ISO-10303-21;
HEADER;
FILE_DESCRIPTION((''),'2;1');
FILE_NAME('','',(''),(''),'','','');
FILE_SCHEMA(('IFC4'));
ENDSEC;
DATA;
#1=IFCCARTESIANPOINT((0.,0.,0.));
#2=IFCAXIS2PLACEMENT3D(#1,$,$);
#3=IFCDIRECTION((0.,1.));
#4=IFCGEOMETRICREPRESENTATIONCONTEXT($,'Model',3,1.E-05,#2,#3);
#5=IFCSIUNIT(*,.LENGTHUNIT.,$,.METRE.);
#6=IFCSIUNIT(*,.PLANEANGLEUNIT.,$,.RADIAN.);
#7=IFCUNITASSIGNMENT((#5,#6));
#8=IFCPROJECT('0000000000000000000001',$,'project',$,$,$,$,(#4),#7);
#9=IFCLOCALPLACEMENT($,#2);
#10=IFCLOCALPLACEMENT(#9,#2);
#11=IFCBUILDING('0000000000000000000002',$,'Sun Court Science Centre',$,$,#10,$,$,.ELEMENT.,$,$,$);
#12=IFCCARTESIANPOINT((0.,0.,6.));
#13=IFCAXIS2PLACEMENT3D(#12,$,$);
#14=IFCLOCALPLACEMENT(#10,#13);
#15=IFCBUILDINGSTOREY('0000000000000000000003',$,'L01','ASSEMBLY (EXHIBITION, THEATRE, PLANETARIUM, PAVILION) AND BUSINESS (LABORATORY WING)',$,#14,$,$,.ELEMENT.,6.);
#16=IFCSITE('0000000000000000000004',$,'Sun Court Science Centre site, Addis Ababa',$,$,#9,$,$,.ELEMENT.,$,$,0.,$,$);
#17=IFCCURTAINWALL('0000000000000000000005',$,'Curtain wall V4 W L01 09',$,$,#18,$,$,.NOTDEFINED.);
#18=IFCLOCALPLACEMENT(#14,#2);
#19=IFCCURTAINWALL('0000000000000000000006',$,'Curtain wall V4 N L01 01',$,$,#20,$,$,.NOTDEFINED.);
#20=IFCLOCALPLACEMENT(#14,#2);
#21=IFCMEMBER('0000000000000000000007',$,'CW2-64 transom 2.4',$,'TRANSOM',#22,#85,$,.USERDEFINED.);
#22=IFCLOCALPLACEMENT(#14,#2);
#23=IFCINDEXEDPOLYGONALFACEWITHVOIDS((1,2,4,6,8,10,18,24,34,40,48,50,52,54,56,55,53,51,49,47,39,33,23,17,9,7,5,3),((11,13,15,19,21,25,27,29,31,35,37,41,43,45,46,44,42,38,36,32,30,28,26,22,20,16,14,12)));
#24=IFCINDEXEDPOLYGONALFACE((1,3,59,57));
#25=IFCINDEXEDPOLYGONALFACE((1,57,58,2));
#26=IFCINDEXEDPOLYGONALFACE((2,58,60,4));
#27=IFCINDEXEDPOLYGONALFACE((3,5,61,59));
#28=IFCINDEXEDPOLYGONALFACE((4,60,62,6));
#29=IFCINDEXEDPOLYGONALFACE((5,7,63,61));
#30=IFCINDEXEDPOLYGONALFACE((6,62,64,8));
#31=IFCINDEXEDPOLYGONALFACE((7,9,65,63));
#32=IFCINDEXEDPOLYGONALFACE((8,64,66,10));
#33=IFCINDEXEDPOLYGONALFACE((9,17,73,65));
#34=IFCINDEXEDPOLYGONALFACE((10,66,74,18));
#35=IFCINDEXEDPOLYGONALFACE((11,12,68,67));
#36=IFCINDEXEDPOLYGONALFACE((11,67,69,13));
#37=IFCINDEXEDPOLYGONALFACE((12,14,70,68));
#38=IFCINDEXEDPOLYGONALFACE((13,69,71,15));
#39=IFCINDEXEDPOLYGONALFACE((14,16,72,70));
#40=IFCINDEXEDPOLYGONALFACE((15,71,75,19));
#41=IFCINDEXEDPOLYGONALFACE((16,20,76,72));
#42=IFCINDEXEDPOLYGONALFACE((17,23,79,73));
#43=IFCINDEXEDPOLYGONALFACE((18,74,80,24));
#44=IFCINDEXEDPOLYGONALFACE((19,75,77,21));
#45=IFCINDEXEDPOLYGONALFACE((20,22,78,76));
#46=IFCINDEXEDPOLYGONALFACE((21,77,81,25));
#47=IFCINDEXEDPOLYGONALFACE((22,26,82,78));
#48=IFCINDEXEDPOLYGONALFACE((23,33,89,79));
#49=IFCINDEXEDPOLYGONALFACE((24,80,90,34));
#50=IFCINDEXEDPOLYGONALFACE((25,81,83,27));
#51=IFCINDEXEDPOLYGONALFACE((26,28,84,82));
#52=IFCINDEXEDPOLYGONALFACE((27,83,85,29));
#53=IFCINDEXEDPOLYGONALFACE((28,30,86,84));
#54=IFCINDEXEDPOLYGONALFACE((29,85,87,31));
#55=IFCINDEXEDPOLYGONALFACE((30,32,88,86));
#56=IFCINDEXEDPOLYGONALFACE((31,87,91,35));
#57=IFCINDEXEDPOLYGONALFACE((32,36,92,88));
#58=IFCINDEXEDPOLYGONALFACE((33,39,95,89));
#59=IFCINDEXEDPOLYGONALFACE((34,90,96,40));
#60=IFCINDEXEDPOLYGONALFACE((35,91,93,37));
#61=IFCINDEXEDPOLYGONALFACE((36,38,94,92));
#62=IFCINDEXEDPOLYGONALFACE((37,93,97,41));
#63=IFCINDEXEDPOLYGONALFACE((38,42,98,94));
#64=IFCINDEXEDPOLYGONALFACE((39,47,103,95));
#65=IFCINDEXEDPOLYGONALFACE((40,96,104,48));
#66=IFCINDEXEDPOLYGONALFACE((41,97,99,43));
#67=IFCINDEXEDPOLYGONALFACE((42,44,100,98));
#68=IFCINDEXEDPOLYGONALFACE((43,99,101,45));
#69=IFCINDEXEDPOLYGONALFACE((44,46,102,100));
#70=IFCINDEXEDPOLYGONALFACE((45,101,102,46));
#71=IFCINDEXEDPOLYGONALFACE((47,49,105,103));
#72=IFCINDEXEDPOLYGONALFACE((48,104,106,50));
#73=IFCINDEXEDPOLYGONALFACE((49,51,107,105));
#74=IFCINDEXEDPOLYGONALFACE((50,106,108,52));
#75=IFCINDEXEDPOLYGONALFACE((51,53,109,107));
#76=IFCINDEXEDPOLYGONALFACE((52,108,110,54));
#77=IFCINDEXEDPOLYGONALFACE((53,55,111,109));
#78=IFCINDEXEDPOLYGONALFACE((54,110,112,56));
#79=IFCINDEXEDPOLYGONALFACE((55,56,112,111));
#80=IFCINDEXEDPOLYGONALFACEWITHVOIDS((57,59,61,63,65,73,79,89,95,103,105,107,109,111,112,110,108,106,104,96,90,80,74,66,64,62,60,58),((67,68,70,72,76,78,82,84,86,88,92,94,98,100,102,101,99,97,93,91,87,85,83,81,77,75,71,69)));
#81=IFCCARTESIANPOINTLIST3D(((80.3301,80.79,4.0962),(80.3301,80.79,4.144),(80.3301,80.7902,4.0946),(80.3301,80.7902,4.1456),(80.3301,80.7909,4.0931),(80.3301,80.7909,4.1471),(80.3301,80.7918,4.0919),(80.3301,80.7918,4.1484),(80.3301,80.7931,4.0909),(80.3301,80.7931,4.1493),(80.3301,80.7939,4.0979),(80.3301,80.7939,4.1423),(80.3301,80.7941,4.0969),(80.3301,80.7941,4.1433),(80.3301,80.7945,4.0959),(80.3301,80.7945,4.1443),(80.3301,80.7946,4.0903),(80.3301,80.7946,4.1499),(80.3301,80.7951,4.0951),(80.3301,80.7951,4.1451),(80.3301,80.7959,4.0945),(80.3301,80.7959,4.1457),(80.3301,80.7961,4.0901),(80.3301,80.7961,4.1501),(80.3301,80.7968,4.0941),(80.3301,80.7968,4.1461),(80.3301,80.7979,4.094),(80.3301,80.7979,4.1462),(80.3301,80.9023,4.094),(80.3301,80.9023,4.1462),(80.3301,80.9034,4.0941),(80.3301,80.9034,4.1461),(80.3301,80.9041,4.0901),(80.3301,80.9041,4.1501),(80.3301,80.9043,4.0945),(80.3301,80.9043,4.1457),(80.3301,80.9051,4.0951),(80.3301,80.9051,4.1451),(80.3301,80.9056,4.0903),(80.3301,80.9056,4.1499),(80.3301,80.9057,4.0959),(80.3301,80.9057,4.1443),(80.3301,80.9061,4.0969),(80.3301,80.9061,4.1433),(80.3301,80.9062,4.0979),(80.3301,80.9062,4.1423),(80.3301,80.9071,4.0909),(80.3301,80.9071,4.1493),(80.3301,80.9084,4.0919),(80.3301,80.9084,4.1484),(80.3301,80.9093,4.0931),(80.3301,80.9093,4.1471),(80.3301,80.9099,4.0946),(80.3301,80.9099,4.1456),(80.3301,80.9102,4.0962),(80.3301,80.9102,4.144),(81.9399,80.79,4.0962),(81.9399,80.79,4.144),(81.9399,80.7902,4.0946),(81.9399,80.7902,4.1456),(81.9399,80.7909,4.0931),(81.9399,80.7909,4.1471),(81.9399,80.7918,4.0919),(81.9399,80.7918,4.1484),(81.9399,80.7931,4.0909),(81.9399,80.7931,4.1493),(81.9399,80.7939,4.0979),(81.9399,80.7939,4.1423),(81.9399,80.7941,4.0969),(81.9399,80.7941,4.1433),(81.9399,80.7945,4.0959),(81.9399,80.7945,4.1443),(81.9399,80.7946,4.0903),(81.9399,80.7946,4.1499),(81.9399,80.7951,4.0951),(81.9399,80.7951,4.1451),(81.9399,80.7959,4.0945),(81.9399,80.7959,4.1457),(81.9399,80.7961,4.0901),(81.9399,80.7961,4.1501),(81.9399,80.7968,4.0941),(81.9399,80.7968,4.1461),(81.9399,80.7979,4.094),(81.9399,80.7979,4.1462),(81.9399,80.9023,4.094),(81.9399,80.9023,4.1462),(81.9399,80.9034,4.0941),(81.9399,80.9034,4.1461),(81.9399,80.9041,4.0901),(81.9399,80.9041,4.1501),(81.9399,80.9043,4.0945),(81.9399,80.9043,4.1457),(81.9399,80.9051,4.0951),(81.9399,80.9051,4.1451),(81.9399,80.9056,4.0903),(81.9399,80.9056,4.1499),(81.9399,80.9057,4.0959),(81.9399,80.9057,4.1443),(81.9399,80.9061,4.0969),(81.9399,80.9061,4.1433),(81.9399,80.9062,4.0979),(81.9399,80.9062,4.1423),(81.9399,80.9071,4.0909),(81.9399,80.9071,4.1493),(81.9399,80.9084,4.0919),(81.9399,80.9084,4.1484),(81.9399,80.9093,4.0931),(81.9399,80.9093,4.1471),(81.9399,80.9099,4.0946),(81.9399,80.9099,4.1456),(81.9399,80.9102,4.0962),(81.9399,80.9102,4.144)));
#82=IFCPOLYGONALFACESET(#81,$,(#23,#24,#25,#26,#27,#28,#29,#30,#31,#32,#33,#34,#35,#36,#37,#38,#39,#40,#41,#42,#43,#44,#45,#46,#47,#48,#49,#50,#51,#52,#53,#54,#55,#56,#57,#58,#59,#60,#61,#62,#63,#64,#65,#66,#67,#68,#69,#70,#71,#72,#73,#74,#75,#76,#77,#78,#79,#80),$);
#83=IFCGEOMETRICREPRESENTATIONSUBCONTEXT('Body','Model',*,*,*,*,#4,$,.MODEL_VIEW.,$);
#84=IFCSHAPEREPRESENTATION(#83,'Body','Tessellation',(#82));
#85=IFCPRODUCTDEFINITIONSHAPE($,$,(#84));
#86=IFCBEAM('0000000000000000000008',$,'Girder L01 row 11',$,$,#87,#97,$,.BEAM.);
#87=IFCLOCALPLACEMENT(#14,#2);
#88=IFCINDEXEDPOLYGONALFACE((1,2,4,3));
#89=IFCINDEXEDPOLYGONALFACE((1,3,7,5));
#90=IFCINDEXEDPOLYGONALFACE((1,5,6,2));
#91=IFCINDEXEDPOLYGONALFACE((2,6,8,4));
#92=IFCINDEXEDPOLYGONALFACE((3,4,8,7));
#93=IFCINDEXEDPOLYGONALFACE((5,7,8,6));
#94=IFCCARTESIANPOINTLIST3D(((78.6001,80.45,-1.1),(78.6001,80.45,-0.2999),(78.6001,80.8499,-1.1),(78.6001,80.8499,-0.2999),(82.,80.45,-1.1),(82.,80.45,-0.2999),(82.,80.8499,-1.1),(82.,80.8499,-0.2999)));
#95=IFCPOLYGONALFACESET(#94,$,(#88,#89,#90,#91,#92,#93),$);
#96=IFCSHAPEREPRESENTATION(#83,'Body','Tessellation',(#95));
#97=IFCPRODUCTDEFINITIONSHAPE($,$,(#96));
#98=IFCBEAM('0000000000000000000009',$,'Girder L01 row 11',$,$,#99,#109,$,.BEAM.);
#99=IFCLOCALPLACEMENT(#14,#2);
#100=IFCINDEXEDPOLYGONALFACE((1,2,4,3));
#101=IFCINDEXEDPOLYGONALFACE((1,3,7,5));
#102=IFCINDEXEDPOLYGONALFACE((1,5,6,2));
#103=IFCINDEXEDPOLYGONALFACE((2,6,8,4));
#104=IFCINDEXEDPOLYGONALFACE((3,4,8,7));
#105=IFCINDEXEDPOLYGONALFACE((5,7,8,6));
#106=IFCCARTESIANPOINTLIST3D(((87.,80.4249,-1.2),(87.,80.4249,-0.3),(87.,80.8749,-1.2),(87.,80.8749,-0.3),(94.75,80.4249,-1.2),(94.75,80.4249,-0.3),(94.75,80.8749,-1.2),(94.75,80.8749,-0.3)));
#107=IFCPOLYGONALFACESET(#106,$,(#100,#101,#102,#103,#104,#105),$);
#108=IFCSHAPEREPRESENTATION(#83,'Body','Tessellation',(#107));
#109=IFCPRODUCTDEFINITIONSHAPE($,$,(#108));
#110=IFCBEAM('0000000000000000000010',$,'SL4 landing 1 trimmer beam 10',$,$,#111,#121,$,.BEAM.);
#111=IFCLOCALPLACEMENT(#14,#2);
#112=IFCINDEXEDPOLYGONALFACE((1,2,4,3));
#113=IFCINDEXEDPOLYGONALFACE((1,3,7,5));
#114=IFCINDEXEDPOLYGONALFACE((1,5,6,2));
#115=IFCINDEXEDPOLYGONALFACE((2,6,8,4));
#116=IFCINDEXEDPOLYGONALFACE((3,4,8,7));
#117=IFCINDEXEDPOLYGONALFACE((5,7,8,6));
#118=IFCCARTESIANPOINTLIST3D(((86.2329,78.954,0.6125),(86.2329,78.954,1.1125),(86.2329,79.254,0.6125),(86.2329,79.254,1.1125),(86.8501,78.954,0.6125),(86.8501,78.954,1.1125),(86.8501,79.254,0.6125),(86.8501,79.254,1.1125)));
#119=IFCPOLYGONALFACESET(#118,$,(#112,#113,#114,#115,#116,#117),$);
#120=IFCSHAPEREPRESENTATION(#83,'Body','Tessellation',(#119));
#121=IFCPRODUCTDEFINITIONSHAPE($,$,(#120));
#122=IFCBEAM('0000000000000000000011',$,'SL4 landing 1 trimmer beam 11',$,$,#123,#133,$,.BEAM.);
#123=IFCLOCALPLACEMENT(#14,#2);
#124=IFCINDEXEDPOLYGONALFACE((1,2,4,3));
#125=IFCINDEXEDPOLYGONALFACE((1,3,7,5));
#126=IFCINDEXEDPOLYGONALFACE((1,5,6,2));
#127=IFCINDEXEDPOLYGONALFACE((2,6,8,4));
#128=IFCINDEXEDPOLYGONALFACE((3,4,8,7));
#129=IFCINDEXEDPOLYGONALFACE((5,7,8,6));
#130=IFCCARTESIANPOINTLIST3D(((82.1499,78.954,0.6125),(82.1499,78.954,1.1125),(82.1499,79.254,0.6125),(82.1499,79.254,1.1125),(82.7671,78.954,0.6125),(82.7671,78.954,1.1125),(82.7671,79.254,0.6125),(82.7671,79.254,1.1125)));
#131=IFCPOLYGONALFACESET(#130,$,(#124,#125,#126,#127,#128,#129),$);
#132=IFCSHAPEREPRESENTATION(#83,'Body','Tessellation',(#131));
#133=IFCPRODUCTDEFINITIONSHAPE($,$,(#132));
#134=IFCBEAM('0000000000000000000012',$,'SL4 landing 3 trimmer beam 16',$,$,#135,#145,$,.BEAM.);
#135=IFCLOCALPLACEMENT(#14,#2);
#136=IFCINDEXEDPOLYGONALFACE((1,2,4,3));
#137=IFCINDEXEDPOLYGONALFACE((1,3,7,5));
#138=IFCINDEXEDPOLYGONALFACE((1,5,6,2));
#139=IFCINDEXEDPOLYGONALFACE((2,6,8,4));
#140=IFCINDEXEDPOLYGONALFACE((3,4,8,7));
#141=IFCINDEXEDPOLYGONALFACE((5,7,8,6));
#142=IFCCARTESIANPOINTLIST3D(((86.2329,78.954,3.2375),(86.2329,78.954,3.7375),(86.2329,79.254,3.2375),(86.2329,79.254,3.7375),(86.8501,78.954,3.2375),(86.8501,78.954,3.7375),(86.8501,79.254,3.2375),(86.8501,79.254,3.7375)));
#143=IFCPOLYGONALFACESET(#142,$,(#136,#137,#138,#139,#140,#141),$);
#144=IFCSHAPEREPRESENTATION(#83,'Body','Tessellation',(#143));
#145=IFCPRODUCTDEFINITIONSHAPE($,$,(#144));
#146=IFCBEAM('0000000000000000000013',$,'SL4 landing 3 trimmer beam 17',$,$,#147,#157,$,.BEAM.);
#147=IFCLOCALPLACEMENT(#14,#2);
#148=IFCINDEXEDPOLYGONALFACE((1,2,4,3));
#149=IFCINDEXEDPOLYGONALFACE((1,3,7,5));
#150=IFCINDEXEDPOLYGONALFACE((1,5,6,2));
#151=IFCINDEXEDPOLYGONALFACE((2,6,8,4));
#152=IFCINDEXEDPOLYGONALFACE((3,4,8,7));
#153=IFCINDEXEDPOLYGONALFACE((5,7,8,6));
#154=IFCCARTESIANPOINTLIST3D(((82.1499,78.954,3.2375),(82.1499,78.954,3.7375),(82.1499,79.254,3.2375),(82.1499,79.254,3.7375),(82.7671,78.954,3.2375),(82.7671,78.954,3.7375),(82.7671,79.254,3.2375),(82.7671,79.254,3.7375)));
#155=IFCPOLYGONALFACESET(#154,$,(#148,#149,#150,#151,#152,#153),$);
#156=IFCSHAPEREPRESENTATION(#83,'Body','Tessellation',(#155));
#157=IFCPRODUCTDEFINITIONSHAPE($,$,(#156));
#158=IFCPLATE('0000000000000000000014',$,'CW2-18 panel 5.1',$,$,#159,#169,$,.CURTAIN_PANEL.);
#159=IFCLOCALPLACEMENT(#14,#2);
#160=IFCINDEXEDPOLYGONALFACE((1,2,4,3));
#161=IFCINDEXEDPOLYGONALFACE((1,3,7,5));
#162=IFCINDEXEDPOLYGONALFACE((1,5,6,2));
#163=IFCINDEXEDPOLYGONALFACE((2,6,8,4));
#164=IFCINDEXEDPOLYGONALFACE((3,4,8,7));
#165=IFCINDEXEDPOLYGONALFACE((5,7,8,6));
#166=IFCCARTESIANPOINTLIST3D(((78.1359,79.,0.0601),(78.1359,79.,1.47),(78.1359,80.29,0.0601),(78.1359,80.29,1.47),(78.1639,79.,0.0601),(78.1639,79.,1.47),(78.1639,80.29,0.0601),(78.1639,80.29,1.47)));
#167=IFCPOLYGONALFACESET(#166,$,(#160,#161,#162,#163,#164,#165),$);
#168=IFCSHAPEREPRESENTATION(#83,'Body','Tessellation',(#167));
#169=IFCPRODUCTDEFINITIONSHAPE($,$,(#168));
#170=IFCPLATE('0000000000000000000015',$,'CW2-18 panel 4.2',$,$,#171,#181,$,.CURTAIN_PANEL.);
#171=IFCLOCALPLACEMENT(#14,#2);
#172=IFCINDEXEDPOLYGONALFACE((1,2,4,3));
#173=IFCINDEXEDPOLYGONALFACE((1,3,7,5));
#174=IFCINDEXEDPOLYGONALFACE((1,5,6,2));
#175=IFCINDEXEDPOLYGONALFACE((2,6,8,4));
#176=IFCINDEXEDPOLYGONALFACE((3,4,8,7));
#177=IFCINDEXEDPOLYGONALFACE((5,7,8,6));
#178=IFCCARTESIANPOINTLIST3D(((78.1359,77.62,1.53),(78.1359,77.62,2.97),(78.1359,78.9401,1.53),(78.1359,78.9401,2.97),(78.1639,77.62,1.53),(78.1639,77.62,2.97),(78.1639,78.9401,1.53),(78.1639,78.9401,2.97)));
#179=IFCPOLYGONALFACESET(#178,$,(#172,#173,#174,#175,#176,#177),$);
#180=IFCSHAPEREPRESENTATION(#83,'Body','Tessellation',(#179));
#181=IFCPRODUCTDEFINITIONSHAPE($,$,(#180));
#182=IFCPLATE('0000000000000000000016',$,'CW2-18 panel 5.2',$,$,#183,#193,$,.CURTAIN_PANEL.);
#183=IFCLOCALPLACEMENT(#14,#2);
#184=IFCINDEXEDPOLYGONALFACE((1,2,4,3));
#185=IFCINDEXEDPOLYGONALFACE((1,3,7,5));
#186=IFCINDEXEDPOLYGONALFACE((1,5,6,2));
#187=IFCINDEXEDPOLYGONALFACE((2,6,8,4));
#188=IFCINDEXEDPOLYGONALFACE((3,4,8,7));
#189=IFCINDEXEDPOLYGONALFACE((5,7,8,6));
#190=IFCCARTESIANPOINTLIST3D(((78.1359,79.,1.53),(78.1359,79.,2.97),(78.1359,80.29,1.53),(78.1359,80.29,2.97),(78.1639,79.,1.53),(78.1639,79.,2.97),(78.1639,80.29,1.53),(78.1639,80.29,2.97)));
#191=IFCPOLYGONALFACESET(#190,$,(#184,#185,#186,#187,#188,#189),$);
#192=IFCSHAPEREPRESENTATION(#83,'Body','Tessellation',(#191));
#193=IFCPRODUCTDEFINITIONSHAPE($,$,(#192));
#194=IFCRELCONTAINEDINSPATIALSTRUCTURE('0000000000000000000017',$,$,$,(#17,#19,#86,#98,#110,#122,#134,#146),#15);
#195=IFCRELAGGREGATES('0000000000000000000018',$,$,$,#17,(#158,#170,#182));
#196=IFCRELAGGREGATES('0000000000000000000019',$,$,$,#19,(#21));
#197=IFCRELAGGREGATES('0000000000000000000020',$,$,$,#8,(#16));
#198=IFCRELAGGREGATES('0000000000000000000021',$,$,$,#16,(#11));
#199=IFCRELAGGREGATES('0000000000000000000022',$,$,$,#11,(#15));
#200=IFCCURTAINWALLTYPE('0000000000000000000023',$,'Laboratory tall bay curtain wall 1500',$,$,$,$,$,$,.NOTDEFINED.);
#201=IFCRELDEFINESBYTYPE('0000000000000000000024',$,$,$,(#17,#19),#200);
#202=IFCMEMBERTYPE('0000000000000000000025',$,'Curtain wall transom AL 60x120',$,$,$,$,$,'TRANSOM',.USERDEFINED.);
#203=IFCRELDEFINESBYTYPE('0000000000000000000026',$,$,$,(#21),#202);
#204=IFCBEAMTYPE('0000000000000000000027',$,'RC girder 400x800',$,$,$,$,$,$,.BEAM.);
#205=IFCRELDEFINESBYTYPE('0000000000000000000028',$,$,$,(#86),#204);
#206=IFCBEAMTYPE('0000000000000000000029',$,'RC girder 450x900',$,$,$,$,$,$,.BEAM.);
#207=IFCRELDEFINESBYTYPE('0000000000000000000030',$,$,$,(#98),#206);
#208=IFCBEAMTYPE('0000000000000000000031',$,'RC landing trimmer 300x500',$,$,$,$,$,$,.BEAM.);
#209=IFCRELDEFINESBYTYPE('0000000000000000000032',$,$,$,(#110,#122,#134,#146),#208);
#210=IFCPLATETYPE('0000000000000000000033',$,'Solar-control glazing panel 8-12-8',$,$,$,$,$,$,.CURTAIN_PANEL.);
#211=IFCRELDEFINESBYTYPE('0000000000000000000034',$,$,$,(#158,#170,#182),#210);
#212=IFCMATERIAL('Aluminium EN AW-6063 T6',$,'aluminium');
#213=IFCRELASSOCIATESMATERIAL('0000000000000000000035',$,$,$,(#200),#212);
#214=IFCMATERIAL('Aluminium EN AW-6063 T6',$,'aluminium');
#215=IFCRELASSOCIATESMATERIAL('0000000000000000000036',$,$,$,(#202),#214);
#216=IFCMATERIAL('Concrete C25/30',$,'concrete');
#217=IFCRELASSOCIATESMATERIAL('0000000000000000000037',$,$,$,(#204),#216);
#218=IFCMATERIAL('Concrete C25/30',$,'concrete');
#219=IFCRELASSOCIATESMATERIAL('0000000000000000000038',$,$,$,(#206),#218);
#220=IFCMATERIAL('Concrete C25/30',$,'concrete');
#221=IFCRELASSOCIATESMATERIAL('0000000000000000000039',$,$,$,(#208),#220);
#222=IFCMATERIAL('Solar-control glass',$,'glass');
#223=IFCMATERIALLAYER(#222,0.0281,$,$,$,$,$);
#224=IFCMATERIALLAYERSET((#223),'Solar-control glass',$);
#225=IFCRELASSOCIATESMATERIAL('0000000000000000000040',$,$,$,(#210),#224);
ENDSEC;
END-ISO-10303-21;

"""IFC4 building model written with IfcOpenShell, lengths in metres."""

from ifc_helpers import new_model, si_unit, direction, frame, origin, origin_2d, place, context, subcontext, project, spatial, rectangle, hollow_rectangle, extrude, material, layer, layer_set, material_profile, profile_set, type_object, element, aggregate, save


model = new_model("IFC4")

# Units and contexts
model_context = context("Model", 3, precision=1e-05, world=origin(), true_north=direction((0.0, 1.0)))
body_context = subcontext(model_context, "Body", "Model", "MODEL_VIEW")
ifc_project = project(units=[si_unit("LENGTHUNIT", "METRE"), si_unit("PLANEANGLEUNIT", "RADIAN")], contexts=[model_context])

# Site, building, storey
site_placement = place(None, origin())
site = spatial("IfcSite", under=ifc_project, at=site_placement, Name="Sun Court Science Centre site, Addis Ababa", CompositionType="ELEMENT", RefElevation=0.0)
building_placement = place(site_placement, origin())
building = spatial("IfcBuilding", under=site, at=building_placement, Name="Sun Court Science Centre", CompositionType="ELEMENT")
storey_placement = place(building_placement, frame((0.0, 0.0, 6.0)))
storey = spatial("IfcBuildingStorey", under=building, at=storey_placement, Name="L01", Description="ASSEMBLY (EXHIBITION, THEATRE, PLANETARIUM, PAVILION) AND BUSINESS (LABORATORY WING)", CompositionType="ELEMENT", Elevation=6.0)

# Curtain walls
ifc_material_1 = material(Name="Aluminium EN AW-6063 T6", Category="aluminium")
curtain_wall_type = type_object("IfcCurtainWallType", Name="Laboratory tall bay curtain wall 1500", PredefinedType="NOTDEFINED", material=ifc_material_1)
curtain_wall_1_placement = place(storey_placement, origin())
curtain_wall_1 = element("IfcCurtainWall", 1, at=curtain_wall_1_placement, inside=storey, type_object=curtain_wall_type, Name="Curtain wall V4 W L01 09", PredefinedType="NOTDEFINED")
curtain_wall_2_placement = place(storey_placement, origin())
curtain_wall_2 = element("IfcCurtainWall", 2, at=curtain_wall_2_placement, inside=storey, type_object=curtain_wall_type, Name="Curtain wall V4 N L01 01", PredefinedType="NOTDEFINED")

# Member
ifc_material_2 = material(Name="Aluminium EN AW-6063 T6", Category="aluminium")
ifc_material_profile_1 = material_profile(ifc_material_2, hollow_rectangle(XDim=0.0601, YDim=0.1201, WallThickness=0.0039, InnerFilletRadius=0.0039, OuterFilletRadius=0.0061, at=origin_2d()), Name="AL 60x120x4")
ifc_profile_set_1 = profile_set([ifc_material_profile_1], Name="Aluminium EN AW-6063 T6")
member_type_1 = type_object("IfcMemberType", Name="Curtain wall transom AL 60x120", ElementType="TRANSOM", PredefinedType="USERDEFINED", material=ifc_profile_set_1)
member_1_placement = place(storey_placement, frame((80.3301, 80.8501, 4.1201), z_axis=(1.0, 0.0, 0.0), x_axis=(0.0, 0.0, 1.0)))
member_1 = element("IfcMember", 3, at=member_1_placement, type_object=member_type_1, Name="CW2-64 transom 2.4", ObjectType="TRANSOM", PredefinedType="USERDEFINED", context=body_context, shape_type="SweptSolid", body=[
    extrude(hollow_rectangle(XDim=0.0601, YDim=0.1201, WallThickness=0.0039, InnerFilletRadius=0.0039, OuterFilletRadius=0.0061, at=origin_2d()), origin(), (0.0, 0.0, 1.0), 1.6099),
])

# Beams
ifc_material_3 = material(Name="Concrete C25/30", Category="concrete")
ifc_material_profile_2 = material_profile(ifc_material_3, rectangle(XDim=0.3999, YDim=0.8, at=origin_2d()), Name="RC 400x800")
ifc_profile_set_2 = profile_set([ifc_material_profile_2], Name="Concrete C25/30")
beam_type_1 = type_object("IfcBeamType", Name="RC girder 400x800", PredefinedType="BEAM", material=ifc_profile_set_2)
beam_1_placement = place(storey_placement, frame((78.6001, 80.6499, -0.7), z_axis=(1.0, 0.0, 0.0), x_axis=(0.0, 1.0, 0.0)))
element("IfcBeam", 4, at=beam_1_placement, inside=storey, type_object=beam_type_1, Name="Girder L01 row 11", PredefinedType="BEAM", context=body_context, shape_type="SweptSolid", body=[
    extrude(rectangle(XDim=0.3999, YDim=0.8, at=origin_2d()), origin(), (0.0, 0.0, 1.0), 3.3999),
])
ifc_material_4 = material(Name="Concrete C25/30", Category="concrete")
ifc_material_profile_3 = material_profile(ifc_material_4, rectangle(XDim=0.45, YDim=0.8999, at=origin_2d()), Name="RC 450x900")
ifc_profile_set_3 = profile_set([ifc_material_profile_3], Name="Concrete C25/30")
beam_type_2 = type_object("IfcBeamType", Name="RC girder 450x900", PredefinedType="BEAM", material=ifc_profile_set_3)
beam_2_placement = place(storey_placement, frame((87.0, 80.6499, -0.75), z_axis=(1.0, 0.0, 0.0), x_axis=(0.0, 1.0, 0.0)))
element("IfcBeam", 5, at=beam_2_placement, inside=storey, type_object=beam_type_2, Name="Girder L01 row 11", PredefinedType="BEAM", context=body_context, shape_type="SweptSolid", body=[
    extrude(rectangle(XDim=0.45, YDim=0.8999, at=origin_2d()), origin(), (0.0, 0.0, 1.0), 7.75),
])
ifc_material_5 = material(Name="Concrete C25/30", Category="concrete")
ifc_material_profile_4 = material_profile(ifc_material_5, rectangle(XDim=0.3, YDim=0.5, at=origin_2d()), Name="RC 300x500")
ifc_profile_set_4 = profile_set([ifc_material_profile_4], Name="Concrete C25/30")
beam_type_3 = type_object("IfcBeamType", Name="RC landing trimmer 300x500", PredefinedType="BEAM", material=ifc_profile_set_4)
for number, where, z_axis, x_axis, name in (
    (6, (86.8501, 79.104, 0.8625), (-1.0, 0.0, 0.0), (0.0, -1.0, 0.0), "SL4 landing 1 trimmer beam 10"),
    (7, (82.1499, 79.104, 0.8625), (1.0, 0.0, 0.0), (0.0, 1.0, 0.0), "SL4 landing 1 trimmer beam 11"),
    (8, (86.8501, 79.104, 3.4875), (-1.0, 0.0, 0.0), (0.0, -1.0, 0.0), "SL4 landing 3 trimmer beam 16"),
    (9, (82.1499, 79.104, 3.4875), (1.0, 0.0, 0.0), (0.0, 1.0, 0.0), "SL4 landing 3 trimmer beam 17"),
):
    element("IfcBeam", number, at=place(storey_placement, frame(where, z_axis=z_axis, x_axis=x_axis)), inside=storey, type_object=beam_type_3, Name=name, PredefinedType="BEAM", context=body_context, shape_type="SweptSolid", body=[
        extrude(rectangle(XDim=0.3, YDim=0.5, at=origin_2d()), origin(), (0.0, 0.0, 1.0), 0.6172),
    ])

# Plates
ifc_material_6 = material(Name="Solar-control glass", Category="glass")
ifc_layer_1 = layer(ifc_material_6, 0.0281)
ifc_layer_set_1 = layer_set([ifc_layer_1], Name="Solar-control glass")
plate_type = type_object("IfcPlateType", Name="Solar-control glazing panel 8-12-8", PredefinedType="CURTAIN_PANEL", material=ifc_layer_set_1)
plate_1_placement = place(storey_placement, frame((78.1499, 79.645, 0.0601), z_axis=(0.0, 0.0, 1.0), x_axis=(0.0, 1.0, 0.0)))
plate_1 = element("IfcPlate", 10, at=plate_1_placement, type_object=plate_type, Name="CW2-18 panel 5.1", PredefinedType="CURTAIN_PANEL", context=body_context, shape_type="SweptSolid", body=[
    extrude(rectangle(XDim=1.29, YDim=0.0281, at=origin_2d()), origin(), (0.0, 0.0, 1.0), 1.4099),
])
plate_2_placement = place(storey_placement, frame((78.1499, 78.28, 1.53), z_axis=(0.0, 0.0, 1.0), x_axis=(0.0, 1.0, 0.0)))
plate_2 = element("IfcPlate", 11, at=plate_2_placement, type_object=plate_type, Name="CW2-18 panel 4.2", PredefinedType="CURTAIN_PANEL", context=body_context, shape_type="SweptSolid", body=[
    extrude(rectangle(XDim=1.3201, YDim=0.0281, at=origin_2d()), origin(), (0.0, 0.0, 1.0), 1.4399),
])
plate_3_placement = place(storey_placement, frame((78.1499, 79.645, 1.53), z_axis=(0.0, 0.0, 1.0), x_axis=(0.0, 1.0, 0.0)))
plate_3 = element("IfcPlate", 12, at=plate_3_placement, type_object=plate_type, Name="CW2-18 panel 5.2", PredefinedType="CURTAIN_PANEL", context=body_context, shape_type="SweptSolid", body=[
    extrude(rectangle(XDim=1.29, YDim=0.0281, at=origin_2d()), origin(), (0.0, 0.0, 1.0), 1.4399),
])
aggregate(curtain_wall_1, [plate_1, plate_2, plate_3])
aggregate(curtain_wall_2, [member_1])

save(model, "model.ifc")
